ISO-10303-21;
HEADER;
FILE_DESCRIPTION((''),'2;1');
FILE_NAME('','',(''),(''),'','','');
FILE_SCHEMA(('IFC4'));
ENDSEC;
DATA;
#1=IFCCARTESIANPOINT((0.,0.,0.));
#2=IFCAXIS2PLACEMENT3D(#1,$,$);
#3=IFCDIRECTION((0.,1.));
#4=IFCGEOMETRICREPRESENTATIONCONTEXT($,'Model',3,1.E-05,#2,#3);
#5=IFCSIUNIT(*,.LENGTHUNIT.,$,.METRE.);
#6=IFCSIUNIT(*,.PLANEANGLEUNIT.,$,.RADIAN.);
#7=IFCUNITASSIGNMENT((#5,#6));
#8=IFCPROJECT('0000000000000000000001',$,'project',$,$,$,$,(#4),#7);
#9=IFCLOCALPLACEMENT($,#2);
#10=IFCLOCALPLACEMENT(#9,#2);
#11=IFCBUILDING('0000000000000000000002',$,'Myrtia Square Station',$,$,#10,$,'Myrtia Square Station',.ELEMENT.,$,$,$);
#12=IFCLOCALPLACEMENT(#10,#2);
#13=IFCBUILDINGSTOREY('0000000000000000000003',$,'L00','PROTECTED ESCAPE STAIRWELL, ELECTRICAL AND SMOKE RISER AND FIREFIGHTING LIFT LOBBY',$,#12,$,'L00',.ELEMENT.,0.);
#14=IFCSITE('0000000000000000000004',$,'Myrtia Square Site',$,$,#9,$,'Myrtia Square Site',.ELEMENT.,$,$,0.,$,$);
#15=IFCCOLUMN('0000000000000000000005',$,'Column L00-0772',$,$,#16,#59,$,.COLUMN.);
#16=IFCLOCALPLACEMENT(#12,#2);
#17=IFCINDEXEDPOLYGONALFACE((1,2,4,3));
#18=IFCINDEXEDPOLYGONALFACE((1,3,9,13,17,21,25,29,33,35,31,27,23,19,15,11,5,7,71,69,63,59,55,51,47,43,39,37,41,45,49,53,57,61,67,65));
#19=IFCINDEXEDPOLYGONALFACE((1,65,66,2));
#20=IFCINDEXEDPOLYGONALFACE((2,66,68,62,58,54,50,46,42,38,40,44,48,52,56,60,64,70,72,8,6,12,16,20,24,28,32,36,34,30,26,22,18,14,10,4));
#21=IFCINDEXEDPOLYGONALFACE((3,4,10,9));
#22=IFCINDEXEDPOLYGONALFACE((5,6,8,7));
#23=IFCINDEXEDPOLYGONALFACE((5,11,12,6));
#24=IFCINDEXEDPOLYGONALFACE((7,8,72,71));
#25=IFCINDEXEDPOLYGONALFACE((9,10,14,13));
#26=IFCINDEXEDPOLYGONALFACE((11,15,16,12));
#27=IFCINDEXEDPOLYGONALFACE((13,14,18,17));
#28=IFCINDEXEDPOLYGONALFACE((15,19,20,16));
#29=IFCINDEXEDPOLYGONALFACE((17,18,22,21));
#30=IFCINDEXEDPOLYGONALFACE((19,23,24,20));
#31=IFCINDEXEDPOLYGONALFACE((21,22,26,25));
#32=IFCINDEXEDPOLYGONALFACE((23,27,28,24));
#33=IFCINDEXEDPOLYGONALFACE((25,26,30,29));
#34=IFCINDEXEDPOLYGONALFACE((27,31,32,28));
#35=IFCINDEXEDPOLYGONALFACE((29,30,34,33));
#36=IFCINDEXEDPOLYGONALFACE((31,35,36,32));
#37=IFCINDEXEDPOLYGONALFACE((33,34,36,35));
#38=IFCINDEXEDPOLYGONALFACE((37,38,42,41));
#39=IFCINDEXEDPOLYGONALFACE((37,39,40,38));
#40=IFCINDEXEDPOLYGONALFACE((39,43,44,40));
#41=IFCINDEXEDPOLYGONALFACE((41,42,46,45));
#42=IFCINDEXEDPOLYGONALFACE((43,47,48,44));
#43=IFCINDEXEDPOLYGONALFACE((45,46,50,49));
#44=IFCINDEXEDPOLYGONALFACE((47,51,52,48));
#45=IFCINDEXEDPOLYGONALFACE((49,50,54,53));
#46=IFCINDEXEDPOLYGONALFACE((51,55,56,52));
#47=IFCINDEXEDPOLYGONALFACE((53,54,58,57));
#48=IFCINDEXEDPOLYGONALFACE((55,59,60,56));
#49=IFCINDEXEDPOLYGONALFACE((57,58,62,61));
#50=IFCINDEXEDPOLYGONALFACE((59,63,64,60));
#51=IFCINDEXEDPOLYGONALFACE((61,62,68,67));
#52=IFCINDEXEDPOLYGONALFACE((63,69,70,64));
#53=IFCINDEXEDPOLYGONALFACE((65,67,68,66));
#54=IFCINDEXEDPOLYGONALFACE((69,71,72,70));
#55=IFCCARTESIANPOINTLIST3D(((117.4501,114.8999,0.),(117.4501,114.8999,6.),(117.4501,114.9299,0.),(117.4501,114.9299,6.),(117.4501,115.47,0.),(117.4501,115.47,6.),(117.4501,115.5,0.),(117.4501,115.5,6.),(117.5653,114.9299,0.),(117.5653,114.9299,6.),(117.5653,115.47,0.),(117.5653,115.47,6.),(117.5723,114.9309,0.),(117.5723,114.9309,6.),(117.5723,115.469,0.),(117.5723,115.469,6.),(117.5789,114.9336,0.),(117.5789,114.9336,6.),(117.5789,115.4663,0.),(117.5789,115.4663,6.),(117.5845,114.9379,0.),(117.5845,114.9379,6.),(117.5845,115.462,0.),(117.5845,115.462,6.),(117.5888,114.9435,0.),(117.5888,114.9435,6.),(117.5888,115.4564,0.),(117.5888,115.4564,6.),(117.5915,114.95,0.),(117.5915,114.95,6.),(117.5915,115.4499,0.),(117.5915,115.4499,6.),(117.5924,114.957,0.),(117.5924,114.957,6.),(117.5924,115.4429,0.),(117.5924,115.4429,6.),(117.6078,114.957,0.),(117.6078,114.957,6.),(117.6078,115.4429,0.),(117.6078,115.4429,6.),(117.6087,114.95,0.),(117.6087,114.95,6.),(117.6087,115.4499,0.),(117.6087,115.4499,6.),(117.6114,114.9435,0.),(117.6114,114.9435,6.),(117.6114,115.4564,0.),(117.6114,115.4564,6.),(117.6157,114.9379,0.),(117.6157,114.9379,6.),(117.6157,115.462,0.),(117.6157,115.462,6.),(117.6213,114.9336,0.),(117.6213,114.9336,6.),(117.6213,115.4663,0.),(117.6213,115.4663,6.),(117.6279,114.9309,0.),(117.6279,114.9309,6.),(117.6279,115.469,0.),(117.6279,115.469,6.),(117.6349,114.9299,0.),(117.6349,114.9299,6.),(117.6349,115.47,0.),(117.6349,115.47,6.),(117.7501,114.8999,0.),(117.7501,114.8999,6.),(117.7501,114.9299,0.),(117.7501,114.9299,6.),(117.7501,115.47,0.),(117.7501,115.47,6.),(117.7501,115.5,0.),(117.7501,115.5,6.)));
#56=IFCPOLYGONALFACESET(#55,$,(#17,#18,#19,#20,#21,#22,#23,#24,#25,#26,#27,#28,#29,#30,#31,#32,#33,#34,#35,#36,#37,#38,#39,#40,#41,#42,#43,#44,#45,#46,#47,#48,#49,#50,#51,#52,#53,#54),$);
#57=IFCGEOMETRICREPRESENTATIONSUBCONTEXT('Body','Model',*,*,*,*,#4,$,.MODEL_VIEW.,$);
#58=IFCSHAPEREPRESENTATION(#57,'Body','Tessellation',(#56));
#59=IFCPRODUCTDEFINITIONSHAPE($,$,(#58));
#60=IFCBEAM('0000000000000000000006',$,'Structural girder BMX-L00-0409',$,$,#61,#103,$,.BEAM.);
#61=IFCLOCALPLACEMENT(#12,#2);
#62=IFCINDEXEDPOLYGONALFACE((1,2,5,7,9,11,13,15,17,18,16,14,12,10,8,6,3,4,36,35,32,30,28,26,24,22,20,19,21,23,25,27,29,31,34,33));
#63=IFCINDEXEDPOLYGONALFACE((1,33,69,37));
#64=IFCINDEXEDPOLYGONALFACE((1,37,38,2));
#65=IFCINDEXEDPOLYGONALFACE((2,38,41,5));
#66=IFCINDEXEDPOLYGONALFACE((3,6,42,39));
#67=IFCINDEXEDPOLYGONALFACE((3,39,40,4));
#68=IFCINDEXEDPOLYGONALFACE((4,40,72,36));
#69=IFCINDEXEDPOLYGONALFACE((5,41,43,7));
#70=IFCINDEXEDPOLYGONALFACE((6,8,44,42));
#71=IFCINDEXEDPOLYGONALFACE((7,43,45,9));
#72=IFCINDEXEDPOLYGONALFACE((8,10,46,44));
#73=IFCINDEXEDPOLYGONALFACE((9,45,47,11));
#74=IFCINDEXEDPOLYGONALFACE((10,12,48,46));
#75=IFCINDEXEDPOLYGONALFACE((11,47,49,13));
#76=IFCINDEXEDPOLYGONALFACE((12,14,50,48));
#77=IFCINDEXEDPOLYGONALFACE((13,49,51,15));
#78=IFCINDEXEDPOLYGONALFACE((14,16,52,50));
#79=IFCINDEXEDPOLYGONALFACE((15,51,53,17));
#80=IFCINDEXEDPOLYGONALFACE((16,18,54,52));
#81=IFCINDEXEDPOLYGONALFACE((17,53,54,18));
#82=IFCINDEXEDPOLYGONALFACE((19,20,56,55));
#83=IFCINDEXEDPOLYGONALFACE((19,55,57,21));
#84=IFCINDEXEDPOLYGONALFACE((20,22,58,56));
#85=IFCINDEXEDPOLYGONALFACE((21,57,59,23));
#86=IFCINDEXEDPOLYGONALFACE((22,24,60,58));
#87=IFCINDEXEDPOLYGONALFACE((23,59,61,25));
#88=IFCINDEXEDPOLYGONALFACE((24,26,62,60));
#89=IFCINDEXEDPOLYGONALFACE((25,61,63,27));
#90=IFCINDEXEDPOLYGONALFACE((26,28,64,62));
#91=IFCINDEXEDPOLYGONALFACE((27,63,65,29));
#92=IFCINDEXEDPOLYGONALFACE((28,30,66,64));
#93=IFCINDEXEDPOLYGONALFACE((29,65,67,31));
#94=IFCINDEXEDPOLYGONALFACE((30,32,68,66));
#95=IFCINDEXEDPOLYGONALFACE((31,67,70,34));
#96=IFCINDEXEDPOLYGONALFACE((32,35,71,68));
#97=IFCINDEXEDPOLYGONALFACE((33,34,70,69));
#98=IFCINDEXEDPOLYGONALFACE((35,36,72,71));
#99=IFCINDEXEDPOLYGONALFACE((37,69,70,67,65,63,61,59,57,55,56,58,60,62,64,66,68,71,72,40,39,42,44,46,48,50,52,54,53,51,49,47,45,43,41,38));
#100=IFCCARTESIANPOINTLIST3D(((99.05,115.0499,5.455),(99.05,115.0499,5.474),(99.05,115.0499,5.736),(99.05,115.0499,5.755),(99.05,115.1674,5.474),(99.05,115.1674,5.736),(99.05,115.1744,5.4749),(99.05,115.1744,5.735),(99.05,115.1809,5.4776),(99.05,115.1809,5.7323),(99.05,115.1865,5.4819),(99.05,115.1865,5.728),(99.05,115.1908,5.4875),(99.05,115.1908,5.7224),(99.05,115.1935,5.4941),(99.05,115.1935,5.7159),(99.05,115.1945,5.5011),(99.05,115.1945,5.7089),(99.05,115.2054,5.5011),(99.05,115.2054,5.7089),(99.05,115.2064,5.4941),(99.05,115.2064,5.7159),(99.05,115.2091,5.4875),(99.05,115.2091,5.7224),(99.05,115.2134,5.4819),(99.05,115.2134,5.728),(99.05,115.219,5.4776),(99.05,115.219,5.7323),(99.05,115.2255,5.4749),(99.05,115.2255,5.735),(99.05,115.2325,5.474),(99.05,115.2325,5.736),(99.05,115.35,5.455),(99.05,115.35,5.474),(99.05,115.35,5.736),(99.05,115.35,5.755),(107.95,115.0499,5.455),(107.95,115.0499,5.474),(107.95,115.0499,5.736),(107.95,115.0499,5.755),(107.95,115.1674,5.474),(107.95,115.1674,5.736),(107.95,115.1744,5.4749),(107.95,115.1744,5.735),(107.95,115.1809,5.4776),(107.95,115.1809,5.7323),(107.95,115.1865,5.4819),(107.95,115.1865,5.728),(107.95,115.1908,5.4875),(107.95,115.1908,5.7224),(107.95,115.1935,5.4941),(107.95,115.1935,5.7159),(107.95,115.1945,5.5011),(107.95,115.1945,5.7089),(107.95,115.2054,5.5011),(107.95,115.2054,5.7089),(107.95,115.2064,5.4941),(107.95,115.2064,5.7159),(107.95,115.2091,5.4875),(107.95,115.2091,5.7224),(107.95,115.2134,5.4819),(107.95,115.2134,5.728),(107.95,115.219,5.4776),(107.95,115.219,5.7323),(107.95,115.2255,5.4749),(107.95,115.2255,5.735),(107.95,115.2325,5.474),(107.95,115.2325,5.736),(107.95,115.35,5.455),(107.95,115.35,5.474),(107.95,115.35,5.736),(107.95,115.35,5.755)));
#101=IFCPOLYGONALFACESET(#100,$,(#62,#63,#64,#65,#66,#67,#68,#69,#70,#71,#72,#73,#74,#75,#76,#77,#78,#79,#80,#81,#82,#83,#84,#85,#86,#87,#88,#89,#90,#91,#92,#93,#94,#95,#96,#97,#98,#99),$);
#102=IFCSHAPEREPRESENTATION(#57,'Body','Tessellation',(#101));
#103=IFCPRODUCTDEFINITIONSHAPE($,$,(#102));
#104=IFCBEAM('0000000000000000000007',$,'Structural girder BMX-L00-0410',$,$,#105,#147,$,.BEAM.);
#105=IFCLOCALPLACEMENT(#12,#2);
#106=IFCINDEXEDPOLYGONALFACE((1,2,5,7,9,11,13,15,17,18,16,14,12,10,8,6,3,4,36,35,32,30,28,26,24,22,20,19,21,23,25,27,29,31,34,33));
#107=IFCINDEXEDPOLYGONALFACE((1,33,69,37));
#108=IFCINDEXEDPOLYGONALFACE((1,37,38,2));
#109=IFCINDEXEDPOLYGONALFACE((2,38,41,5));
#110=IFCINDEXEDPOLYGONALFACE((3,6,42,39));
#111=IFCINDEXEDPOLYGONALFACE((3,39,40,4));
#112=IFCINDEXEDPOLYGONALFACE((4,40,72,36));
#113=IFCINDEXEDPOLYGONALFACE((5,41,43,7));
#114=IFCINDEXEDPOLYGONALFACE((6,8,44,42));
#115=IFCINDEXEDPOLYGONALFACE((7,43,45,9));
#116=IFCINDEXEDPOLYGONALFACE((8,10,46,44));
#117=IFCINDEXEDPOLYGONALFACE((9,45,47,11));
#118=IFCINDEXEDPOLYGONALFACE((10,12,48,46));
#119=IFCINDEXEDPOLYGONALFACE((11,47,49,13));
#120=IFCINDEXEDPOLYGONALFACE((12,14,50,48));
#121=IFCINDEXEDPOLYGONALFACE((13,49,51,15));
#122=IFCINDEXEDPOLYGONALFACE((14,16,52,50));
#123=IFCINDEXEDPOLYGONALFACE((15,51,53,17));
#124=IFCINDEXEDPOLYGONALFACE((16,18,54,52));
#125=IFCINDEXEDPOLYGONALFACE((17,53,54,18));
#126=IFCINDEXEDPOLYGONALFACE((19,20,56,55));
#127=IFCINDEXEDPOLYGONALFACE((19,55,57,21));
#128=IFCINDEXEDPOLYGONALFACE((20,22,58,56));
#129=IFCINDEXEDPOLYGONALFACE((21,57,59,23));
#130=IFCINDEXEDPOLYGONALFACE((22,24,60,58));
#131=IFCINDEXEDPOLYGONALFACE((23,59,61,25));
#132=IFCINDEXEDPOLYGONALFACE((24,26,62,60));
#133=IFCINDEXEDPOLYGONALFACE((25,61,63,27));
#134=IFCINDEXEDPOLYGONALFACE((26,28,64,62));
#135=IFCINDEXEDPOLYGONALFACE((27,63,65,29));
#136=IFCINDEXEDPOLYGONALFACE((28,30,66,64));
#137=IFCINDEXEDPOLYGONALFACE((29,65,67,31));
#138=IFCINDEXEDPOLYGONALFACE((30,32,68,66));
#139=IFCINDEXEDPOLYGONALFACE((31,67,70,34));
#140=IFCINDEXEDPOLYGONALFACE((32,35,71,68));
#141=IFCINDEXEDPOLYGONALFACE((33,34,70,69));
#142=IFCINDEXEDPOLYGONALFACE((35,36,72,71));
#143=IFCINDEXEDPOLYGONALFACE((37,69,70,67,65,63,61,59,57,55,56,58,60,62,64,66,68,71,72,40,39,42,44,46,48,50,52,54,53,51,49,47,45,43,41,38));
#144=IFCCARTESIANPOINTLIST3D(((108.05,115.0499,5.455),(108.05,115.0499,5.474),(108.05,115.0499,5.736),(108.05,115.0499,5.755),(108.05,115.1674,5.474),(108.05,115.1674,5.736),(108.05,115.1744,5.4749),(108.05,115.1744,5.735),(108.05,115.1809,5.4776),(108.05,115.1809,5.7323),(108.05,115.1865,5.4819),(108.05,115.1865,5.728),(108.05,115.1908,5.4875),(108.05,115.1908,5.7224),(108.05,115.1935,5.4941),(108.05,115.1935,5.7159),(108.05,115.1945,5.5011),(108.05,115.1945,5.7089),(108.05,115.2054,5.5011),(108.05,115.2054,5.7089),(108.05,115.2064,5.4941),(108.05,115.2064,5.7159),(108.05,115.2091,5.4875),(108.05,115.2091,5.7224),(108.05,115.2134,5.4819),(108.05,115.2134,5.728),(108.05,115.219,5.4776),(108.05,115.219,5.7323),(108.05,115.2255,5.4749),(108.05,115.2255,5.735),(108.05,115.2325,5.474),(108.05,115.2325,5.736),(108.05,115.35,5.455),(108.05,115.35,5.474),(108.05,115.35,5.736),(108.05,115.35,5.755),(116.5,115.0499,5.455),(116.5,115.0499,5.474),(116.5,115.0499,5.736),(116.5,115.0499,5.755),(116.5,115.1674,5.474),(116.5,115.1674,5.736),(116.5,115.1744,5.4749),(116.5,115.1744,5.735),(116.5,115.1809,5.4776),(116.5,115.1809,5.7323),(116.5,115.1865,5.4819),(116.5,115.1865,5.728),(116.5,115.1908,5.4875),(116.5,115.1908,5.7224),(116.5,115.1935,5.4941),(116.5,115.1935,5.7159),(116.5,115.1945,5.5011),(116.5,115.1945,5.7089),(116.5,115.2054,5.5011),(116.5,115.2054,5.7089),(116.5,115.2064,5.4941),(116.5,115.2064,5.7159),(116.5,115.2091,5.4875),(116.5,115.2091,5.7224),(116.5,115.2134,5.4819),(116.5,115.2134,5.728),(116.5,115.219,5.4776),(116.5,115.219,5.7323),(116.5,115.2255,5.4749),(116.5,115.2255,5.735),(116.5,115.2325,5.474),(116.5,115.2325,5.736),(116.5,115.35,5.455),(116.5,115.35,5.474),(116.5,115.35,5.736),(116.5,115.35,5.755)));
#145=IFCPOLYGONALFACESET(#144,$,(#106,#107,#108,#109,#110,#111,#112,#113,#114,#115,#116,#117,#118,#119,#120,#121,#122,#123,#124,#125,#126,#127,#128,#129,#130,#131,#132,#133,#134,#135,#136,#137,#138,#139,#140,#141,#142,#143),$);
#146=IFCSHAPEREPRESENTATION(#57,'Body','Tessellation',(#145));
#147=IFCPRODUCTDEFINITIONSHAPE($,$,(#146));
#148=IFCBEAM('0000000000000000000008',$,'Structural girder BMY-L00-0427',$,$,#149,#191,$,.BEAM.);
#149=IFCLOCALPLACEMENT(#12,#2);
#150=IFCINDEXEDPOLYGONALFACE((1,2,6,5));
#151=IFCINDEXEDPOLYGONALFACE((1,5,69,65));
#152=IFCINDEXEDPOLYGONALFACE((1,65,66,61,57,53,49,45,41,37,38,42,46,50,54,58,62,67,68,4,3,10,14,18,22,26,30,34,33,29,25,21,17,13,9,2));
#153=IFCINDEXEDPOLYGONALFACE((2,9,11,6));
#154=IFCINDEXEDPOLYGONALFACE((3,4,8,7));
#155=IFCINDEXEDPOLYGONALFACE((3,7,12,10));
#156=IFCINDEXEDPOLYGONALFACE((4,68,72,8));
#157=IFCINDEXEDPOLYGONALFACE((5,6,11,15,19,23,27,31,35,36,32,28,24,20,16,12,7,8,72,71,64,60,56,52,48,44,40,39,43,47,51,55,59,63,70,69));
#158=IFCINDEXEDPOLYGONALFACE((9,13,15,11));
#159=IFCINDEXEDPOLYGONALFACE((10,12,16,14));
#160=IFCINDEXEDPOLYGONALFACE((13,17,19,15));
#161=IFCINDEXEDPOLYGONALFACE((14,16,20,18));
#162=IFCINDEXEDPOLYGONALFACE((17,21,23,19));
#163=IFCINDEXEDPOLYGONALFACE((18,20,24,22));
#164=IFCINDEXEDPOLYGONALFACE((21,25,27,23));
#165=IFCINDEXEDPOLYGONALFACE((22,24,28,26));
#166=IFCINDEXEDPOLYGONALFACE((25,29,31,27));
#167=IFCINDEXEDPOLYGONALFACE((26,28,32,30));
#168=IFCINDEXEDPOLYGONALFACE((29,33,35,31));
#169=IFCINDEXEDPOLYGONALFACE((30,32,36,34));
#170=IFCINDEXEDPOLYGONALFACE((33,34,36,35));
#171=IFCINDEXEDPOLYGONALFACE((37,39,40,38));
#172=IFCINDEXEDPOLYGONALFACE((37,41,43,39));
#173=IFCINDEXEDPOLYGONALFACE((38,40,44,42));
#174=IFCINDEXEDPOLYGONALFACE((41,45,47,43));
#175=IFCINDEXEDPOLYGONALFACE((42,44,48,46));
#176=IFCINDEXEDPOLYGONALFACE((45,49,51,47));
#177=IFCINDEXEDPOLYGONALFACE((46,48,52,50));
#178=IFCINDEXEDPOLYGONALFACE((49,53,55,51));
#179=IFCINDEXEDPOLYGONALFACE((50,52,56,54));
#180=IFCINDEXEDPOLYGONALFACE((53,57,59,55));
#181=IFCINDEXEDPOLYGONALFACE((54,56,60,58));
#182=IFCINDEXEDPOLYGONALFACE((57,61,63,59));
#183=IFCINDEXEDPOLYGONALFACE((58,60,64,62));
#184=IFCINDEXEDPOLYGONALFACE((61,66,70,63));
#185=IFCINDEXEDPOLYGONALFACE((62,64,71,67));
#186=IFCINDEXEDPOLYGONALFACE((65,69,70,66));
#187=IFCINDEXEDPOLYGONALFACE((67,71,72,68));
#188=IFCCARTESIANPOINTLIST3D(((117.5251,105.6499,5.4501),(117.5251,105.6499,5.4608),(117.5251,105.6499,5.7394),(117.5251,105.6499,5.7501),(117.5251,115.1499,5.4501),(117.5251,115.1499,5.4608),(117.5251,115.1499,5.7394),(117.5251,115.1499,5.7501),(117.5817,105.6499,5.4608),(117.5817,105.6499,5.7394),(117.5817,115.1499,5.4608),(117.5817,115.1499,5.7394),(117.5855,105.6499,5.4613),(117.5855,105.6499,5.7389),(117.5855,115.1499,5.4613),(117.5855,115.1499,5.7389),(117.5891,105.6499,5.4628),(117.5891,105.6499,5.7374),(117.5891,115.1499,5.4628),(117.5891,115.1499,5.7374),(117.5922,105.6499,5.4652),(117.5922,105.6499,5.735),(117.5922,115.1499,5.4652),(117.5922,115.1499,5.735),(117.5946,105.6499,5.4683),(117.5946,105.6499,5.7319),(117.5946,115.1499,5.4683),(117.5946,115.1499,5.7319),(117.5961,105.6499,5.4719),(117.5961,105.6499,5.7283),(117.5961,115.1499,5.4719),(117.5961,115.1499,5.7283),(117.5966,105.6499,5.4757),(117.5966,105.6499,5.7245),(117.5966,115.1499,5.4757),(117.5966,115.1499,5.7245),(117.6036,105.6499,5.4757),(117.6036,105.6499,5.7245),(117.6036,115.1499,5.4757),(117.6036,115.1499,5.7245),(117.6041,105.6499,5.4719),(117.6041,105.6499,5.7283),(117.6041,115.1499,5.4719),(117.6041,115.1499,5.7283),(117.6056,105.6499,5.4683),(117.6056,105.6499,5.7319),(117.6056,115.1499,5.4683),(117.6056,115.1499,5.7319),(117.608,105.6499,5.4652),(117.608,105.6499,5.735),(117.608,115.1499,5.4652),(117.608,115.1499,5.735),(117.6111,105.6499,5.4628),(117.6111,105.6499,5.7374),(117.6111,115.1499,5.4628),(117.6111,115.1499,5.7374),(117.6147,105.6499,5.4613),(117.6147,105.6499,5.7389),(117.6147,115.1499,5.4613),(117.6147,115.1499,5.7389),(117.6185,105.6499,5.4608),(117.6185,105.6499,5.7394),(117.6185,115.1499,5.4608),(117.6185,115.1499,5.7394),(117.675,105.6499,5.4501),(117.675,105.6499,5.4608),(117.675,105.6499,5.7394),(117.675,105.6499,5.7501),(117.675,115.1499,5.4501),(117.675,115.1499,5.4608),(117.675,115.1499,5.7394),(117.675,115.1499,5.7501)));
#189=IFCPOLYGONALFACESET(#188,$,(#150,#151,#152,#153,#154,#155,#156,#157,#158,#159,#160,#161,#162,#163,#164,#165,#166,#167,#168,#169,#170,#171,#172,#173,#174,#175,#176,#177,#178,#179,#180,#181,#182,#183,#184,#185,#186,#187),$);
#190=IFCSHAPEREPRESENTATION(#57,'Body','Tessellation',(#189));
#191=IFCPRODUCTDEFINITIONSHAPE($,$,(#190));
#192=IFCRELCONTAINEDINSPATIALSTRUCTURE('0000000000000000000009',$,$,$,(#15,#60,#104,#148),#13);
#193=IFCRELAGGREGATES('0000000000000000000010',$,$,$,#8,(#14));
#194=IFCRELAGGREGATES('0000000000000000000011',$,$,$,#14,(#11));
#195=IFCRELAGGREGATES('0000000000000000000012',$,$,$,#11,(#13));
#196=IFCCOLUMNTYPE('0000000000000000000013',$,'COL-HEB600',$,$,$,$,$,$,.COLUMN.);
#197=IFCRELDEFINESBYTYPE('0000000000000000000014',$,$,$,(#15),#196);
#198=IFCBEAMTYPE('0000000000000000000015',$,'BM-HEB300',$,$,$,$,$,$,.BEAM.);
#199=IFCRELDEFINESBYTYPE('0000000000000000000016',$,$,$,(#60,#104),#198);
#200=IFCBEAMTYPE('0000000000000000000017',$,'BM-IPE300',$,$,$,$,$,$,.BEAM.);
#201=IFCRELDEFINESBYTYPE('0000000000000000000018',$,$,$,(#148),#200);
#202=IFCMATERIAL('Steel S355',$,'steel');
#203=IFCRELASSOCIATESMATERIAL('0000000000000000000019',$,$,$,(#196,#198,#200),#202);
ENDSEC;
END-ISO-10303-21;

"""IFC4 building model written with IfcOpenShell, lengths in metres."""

from ifc_helpers import new_model, si_unit, direction, frame, origin, origin_2d, place, context, subcontext, project, spatial, i_section, extrude, material, material_profile, profile_set, type_object, element, save


model = new_model("IFC4")

# Units and contexts
model_context = context("Model", 3, precision=1e-05, world=origin(), true_north=direction((0.0, 1.0)))
body_context = subcontext(model_context, "Body", "Model", "MODEL_VIEW")
ifc_project = project(units=[si_unit("LENGTHUNIT", "METRE"), si_unit("PLANEANGLEUNIT", "RADIAN")], contexts=[model_context])

# Site, building, storey
site_placement = place(None, origin())
site = spatial("IfcSite", under=ifc_project, at=site_placement, Name="Myrtia Square Site", LongName="Myrtia Square Site", CompositionType="ELEMENT", RefElevation=0.0)
building_placement = place(site_placement, origin())
building = spatial("IfcBuilding", under=site, at=building_placement, Name="Myrtia Square Station", LongName="Myrtia Square Station", CompositionType="ELEMENT")
storey_placement = place(building_placement, origin())
storey = spatial("IfcBuildingStorey", under=building, at=storey_placement, Name="L00", Description="PROTECTED ESCAPE STAIRWELL, ELECTRICAL AND SMOKE RISER AND FIREFIGHTING LIFT LOBBY", LongName="L00", CompositionType="ELEMENT", Elevation=0.0)

# Column
ifc_material_1 = material(Name="Steel S355", Category="steel")
ifc_material_profile_1 = material_profile(ifc_material_1, i_section(OverallWidth=0.3, OverallDepth=0.6001, WebThickness=0.0154, FlangeThickness=0.03, FilletRadius=0.0271, at=origin_2d()), Name="HEB 600")
ifc_profile_set_1 = profile_set([ifc_material_profile_1], Name="Steel S355")
column_type_1 = type_object("IfcColumnType", Name="COL-HEB600", PredefinedType="COLUMN", material=ifc_profile_set_1)
for number, where, z_axis, x_axis, name in (
    (1, (117.6001, 115.2, 0.0), (0.0, 0.0, 1.0), (1.0, 0.0, 0.0), "Column L00-0772"),
):
    element("IfcColumn", number, at=place(storey_placement, frame(where, z_axis=z_axis, x_axis=x_axis)), inside=storey, type_object=column_type_1, Name=name, PredefinedType="COLUMN", context=body_context, shape_type="SweptSolid", body=[
        extrude(i_section(OverallWidth=0.3, OverallDepth=0.6001, WebThickness=0.0154, FlangeThickness=0.03, FilletRadius=0.0271, at=origin_2d()), origin(), (0.0, 0.0, 1.0), 6.0),
    ])

# Beams
ifc_material_profile_2 = material_profile(ifc_material_1, i_section(OverallWidth=0.3, OverallDepth=0.3, WebThickness=0.011, FlangeThickness=0.019, FilletRadius=0.0271, at=origin_2d()), Name="HEB 300")
ifc_profile_set_2 = profile_set([ifc_material_profile_2], Name="Steel S355")
beam_type_1 = type_object("IfcBeamType", Name="BM-HEB300", PredefinedType="BEAM", material=ifc_profile_set_2)
beam_1_placement = place(storey_placement, frame((99.05, 115.2, 5.605), z_axis=(1.0, 0.0, 0.0), x_axis=(0.0, 1.0, 0.0)))
element("IfcBeam", 2, at=beam_1_placement, inside=storey, type_object=beam_type_1, Name="Structural girder BMX-L00-0409", PredefinedType="BEAM", context=body_context, shape_type="SweptSolid", body=[
    extrude(i_section(OverallWidth=0.3, OverallDepth=0.3, WebThickness=0.011, FlangeThickness=0.019, FilletRadius=0.0271, at=origin_2d()), origin(), (0.0, 0.0, 1.0), 8.8999),
])
beam_2_placement = place(storey_placement, frame((108.05, 115.2, 5.605), z_axis=(1.0, 0.0, 0.0), x_axis=(0.0, 1.0, 0.0)))
element("IfcBeam", 3, at=beam_2_placement, inside=storey, type_object=beam_type_1, Name="Structural girder BMX-L00-0410", PredefinedType="BEAM", context=body_context, shape_type="SweptSolid", body=[
    extrude(i_section(OverallWidth=0.3, OverallDepth=0.3, WebThickness=0.011, FlangeThickness=0.019, FilletRadius=0.0271, at=origin_2d()), origin(), (0.0, 0.0, 1.0), 8.45),
])
ifc_material_profile_3 = material_profile(ifc_material_1, i_section(OverallWidth=0.1499, OverallDepth=0.3, WebThickness=0.0071, FlangeThickness=0.0107, FilletRadius=0.0149, at=origin_2d()), Name="IPE 300")
ifc_profile_set_3 = profile_set([ifc_material_profile_3], Name="Steel S355")
beam_type_2 = type_object("IfcBeamType", Name="BM-IPE300", PredefinedType="BEAM", material=ifc_profile_set_3)
for number, where, z_axis, x_axis, name in (
    (4, (117.6001, 105.6499, 5.6001), (0.0, 1.0, 0.0), (-1.0, 0.0, 0.0), "Structural girder BMY-L00-0427"),
):
    element("IfcBeam", number, at=place(storey_placement, frame(where, z_axis=z_axis, x_axis=x_axis)), inside=storey, type_object=beam_type_2, Name=name, PredefinedType="BEAM", context=body_context, shape_type="SweptSolid", body=[
        extrude(i_section(OverallWidth=0.1499, OverallDepth=0.3, WebThickness=0.0071, FlangeThickness=0.0107, FilletRadius=0.0149, at=origin_2d()), origin(), (0.0, 0.0, 1.0), 9.5),
    ])

save(model, "model.ifc")
